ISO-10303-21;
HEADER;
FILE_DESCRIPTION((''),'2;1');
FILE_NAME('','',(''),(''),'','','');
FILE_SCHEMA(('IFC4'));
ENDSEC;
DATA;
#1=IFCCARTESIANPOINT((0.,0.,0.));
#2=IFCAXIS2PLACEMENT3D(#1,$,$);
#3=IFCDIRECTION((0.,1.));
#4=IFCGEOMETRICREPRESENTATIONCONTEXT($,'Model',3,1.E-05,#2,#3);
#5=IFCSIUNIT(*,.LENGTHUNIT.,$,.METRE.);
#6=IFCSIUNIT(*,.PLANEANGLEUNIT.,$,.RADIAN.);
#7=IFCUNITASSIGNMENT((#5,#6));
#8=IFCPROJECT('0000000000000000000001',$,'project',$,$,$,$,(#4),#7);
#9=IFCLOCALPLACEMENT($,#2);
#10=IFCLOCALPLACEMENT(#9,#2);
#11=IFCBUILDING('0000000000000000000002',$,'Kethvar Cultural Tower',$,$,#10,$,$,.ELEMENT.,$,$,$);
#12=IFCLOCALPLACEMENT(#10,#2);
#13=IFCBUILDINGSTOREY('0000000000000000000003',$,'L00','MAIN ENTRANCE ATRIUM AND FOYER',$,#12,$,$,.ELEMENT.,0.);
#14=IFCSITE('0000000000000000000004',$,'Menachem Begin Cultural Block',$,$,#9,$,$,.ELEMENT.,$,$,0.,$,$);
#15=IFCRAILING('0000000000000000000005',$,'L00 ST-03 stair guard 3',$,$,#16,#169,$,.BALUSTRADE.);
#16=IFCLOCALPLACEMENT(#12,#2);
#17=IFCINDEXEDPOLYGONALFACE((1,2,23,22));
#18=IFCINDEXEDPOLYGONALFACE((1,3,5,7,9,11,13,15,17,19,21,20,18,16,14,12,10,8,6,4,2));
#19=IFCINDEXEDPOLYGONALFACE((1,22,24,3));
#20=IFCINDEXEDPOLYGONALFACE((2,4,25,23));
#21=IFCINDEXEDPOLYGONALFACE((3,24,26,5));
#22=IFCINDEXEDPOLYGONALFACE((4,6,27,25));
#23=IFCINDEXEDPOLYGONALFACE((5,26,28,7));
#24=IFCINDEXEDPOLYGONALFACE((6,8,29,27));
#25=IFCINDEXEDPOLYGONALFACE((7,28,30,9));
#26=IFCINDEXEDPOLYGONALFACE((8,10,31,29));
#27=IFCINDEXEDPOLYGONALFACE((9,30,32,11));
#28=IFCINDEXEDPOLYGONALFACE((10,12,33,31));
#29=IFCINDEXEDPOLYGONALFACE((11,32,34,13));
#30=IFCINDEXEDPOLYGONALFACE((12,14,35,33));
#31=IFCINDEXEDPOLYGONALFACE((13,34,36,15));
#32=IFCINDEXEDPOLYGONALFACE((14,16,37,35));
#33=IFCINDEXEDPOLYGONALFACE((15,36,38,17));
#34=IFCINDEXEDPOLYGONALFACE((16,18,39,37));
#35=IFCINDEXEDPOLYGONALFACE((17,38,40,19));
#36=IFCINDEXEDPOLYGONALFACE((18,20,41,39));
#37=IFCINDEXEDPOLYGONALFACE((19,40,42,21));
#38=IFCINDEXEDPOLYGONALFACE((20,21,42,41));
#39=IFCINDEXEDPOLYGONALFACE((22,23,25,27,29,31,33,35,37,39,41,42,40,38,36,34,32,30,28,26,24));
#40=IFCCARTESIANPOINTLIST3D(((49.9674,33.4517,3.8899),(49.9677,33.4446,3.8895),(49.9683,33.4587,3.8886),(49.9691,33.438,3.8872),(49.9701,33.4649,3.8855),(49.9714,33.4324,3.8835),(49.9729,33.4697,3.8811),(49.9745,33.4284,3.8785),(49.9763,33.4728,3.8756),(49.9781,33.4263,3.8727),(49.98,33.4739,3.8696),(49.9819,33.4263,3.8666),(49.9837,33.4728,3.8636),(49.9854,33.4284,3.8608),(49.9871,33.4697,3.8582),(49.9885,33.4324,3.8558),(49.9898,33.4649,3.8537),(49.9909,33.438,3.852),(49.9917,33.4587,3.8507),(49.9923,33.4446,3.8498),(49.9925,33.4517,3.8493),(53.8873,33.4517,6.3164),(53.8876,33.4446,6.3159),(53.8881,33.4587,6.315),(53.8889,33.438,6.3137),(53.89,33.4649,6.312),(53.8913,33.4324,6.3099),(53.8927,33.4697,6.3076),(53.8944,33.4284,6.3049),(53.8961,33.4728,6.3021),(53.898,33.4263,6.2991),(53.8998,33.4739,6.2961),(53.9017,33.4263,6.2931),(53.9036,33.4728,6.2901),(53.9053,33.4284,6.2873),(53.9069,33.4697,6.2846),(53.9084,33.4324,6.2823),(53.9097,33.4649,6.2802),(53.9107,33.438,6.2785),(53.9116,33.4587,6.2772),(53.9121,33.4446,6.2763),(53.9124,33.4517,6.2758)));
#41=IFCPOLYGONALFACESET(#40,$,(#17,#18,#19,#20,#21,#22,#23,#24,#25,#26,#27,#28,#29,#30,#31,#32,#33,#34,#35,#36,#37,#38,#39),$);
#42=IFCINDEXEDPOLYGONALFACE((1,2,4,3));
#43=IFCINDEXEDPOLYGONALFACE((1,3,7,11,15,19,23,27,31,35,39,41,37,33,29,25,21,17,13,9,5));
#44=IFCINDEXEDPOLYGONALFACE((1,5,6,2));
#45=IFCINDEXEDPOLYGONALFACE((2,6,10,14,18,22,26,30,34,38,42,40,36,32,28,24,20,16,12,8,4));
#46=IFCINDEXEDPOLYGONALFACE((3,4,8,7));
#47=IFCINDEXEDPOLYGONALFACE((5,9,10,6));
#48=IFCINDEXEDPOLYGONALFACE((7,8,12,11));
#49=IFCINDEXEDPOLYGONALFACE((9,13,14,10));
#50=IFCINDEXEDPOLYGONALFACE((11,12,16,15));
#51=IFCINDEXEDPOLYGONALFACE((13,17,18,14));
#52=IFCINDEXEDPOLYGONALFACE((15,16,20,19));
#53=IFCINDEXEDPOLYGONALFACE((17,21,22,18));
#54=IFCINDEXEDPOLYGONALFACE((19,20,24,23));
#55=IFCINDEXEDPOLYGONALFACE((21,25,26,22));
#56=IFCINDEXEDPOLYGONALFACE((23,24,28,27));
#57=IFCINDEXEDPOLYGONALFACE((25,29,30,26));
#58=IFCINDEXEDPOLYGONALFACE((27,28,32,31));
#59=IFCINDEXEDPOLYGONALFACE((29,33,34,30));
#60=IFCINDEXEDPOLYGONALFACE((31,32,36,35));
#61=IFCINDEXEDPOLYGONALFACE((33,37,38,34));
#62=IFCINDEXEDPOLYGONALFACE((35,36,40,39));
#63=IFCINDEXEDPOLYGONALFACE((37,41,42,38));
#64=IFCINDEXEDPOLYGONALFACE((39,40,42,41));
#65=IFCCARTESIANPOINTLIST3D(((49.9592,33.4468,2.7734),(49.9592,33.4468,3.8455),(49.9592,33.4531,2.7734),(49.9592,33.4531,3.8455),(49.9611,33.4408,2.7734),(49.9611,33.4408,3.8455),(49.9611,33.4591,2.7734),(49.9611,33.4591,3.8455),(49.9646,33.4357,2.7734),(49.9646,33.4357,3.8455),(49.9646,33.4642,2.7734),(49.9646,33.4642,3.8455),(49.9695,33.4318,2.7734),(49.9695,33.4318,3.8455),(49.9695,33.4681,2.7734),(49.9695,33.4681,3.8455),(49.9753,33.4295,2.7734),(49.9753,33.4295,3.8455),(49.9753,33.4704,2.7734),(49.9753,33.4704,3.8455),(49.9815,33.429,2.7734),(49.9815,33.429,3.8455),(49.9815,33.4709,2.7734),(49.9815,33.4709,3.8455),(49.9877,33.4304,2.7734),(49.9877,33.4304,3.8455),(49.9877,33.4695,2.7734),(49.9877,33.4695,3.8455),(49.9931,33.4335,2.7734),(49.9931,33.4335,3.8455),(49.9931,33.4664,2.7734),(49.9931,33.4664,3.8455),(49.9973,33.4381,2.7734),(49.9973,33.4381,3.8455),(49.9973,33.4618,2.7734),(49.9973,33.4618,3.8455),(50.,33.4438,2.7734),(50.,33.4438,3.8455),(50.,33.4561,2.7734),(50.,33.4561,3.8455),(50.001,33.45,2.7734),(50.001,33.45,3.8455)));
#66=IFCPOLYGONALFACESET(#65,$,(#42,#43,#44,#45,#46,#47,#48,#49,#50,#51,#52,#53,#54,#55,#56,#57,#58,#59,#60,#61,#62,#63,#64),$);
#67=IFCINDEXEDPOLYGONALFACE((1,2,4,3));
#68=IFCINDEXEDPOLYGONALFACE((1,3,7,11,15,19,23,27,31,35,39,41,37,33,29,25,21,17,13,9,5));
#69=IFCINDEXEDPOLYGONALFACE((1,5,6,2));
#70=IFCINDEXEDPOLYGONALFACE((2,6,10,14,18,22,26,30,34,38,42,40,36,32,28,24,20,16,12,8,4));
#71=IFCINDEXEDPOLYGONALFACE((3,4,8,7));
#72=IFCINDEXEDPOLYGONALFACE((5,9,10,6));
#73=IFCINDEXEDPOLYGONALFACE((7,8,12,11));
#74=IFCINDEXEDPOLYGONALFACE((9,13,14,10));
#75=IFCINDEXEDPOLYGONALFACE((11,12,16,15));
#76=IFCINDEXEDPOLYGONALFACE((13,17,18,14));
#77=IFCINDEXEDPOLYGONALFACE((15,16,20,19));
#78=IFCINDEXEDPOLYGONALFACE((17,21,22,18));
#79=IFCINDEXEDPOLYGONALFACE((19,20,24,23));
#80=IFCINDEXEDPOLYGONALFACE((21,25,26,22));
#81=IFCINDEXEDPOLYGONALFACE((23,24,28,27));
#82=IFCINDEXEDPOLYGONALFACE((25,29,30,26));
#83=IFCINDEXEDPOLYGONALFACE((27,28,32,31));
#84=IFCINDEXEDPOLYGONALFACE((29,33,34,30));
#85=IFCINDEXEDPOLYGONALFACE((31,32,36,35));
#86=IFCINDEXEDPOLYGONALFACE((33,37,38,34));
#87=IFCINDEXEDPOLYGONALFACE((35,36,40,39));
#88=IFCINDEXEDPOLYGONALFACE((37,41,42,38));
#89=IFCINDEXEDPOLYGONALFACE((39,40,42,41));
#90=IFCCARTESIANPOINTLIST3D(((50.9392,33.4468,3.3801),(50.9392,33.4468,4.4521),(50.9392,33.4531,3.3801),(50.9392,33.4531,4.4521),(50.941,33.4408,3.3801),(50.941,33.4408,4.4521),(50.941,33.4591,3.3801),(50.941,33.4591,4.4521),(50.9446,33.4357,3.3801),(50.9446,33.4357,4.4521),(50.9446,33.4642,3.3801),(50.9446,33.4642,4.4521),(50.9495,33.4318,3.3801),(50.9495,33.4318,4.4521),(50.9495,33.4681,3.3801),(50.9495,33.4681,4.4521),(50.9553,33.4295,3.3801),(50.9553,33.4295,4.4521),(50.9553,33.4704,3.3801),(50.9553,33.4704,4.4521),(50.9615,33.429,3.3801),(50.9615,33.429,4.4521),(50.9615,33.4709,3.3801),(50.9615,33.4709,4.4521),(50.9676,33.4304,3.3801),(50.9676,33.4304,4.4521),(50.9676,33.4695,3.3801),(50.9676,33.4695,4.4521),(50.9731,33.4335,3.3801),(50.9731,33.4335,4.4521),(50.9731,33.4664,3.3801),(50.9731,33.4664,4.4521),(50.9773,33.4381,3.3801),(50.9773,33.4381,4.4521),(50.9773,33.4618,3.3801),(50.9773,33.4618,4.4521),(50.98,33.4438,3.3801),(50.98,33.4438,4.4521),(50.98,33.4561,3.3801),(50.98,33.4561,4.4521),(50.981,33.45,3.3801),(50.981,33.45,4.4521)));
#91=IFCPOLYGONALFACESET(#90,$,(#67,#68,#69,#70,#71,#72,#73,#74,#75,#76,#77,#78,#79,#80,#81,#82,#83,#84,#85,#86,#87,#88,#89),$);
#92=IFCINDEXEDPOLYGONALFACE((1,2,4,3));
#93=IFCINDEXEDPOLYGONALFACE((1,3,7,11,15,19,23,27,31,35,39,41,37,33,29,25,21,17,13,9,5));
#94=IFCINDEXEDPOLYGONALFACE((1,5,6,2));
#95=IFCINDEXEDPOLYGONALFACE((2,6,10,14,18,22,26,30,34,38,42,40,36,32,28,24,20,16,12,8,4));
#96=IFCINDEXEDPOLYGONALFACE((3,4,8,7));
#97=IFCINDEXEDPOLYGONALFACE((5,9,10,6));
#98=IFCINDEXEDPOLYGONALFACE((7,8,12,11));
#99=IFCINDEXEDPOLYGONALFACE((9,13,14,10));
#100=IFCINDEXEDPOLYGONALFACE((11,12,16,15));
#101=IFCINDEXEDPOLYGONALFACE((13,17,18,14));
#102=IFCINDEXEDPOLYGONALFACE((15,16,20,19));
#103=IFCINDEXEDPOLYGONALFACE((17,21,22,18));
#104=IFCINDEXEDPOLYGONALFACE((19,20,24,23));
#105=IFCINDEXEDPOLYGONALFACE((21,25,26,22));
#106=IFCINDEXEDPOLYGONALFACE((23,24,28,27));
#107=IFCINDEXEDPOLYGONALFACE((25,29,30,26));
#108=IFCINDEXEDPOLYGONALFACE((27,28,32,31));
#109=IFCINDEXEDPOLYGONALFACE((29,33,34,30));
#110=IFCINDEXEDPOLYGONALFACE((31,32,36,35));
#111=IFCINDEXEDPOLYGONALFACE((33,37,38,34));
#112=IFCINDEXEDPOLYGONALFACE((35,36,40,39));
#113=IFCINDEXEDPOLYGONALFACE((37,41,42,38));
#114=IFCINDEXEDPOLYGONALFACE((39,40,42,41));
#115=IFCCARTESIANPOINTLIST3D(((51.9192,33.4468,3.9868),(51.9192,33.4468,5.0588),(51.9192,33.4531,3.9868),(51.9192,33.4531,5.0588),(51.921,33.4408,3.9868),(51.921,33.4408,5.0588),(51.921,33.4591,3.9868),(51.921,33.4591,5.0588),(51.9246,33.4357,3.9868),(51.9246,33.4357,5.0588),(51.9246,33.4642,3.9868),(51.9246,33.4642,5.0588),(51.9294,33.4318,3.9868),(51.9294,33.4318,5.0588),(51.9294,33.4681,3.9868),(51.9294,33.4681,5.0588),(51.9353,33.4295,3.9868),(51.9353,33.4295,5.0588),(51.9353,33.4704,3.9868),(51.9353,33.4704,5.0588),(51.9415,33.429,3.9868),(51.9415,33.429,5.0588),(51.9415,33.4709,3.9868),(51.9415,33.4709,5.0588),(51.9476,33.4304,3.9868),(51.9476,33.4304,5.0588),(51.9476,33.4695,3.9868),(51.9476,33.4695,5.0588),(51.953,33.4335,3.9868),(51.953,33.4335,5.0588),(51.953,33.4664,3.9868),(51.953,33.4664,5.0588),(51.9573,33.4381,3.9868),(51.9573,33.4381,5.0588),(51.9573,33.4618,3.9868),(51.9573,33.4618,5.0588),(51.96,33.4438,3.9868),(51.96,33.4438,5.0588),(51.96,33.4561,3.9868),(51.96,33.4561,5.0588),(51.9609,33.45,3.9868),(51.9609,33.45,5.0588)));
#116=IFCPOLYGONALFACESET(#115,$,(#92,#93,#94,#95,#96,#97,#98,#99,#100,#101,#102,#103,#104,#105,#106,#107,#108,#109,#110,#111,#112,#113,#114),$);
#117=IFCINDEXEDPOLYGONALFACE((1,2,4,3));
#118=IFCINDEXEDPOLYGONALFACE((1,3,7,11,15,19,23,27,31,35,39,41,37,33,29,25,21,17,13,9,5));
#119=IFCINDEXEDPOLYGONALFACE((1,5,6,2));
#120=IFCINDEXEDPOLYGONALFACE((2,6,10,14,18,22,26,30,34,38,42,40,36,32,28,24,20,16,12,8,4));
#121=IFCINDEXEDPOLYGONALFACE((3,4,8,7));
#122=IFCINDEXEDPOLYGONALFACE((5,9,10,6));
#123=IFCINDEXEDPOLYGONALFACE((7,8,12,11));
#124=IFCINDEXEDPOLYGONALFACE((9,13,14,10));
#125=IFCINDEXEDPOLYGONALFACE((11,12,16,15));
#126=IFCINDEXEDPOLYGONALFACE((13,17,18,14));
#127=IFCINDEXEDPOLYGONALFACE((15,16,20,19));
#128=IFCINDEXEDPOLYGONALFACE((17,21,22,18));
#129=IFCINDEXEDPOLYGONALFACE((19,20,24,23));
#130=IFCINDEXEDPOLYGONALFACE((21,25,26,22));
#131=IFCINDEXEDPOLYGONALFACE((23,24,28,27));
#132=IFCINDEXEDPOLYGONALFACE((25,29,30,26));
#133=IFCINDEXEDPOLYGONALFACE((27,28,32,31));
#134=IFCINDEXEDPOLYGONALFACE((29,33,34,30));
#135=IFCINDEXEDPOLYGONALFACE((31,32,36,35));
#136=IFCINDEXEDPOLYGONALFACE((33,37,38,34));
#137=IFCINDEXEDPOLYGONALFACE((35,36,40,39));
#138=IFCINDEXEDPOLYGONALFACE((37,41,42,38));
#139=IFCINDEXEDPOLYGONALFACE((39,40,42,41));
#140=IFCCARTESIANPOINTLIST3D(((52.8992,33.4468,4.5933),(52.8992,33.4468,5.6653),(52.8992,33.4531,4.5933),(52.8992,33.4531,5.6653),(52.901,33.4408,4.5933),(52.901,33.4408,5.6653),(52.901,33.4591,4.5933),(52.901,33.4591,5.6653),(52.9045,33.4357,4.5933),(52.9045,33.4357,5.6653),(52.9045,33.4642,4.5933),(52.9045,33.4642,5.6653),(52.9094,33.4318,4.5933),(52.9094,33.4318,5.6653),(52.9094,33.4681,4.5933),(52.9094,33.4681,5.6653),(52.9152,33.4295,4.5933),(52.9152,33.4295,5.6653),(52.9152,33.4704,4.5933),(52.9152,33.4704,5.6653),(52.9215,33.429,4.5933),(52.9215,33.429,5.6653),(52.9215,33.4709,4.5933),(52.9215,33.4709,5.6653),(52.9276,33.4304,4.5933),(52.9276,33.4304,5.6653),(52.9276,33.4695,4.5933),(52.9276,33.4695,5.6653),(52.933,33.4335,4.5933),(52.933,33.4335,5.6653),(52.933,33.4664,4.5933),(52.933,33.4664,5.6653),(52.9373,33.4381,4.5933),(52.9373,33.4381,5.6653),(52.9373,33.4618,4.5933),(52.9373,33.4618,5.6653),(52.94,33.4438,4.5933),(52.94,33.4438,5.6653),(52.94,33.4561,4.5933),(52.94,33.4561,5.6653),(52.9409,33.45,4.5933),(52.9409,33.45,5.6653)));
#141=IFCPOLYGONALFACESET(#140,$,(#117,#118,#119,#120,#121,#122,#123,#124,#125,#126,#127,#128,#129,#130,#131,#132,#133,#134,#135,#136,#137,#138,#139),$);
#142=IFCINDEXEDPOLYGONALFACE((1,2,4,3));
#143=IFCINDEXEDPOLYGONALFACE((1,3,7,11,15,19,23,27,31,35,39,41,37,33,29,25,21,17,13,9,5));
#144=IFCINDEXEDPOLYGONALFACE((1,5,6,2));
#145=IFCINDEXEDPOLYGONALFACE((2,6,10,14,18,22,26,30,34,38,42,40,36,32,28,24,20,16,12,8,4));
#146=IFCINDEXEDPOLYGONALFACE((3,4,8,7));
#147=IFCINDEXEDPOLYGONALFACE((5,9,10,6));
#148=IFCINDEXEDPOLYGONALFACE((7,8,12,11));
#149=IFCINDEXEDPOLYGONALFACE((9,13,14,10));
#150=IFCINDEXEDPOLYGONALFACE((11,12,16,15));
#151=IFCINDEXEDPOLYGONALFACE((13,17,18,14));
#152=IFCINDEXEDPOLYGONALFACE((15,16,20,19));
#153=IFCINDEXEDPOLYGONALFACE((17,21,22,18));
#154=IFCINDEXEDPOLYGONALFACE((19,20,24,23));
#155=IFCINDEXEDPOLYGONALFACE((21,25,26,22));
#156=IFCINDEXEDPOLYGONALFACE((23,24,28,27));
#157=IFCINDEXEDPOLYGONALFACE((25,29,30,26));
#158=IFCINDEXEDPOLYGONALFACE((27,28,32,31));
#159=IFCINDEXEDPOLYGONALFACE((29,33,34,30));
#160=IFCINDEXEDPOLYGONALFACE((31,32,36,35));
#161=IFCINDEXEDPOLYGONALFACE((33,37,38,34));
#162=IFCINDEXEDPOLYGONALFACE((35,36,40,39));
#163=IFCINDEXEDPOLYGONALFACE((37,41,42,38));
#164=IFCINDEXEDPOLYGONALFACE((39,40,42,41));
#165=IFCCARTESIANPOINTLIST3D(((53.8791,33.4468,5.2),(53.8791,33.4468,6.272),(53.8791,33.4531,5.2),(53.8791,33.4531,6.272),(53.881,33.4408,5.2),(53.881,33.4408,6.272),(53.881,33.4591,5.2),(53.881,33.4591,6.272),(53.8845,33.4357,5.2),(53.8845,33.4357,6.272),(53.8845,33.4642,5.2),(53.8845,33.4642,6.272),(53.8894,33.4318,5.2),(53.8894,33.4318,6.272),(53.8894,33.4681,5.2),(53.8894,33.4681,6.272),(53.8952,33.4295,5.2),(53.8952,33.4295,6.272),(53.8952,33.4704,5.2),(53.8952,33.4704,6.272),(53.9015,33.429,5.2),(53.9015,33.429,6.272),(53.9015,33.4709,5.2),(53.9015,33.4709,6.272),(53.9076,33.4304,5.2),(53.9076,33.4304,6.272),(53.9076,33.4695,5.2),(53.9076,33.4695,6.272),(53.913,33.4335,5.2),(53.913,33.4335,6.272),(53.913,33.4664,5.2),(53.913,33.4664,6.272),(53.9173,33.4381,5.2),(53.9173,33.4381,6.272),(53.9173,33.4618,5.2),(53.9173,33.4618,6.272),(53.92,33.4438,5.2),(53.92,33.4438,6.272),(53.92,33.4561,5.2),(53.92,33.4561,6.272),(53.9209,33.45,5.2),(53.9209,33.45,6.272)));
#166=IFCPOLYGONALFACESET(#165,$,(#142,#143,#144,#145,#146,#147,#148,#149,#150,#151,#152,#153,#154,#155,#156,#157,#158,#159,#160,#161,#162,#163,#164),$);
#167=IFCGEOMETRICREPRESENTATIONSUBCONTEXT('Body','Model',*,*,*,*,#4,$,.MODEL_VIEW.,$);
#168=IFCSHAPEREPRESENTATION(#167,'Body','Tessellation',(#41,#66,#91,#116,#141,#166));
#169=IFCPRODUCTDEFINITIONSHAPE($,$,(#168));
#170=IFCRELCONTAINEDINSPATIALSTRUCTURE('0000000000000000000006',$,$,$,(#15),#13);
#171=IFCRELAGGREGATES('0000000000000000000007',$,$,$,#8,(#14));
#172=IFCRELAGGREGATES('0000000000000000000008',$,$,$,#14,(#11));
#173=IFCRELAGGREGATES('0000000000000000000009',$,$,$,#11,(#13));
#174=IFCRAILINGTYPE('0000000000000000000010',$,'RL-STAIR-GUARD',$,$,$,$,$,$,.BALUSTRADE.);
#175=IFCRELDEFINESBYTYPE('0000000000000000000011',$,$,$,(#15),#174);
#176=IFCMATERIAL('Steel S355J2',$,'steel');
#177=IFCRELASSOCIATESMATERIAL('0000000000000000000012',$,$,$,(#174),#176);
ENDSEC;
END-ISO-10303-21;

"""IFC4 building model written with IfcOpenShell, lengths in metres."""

from ifc_helpers import new_model, si_unit, direction, frame, origin, origin_2d, place, context, subcontext, project, spatial, circle, extrude, material, type_object, element, save


model = new_model("IFC4")

# Units and contexts
model_context = context("Model", 3, precision=1e-05, world=origin(), true_north=direction((0.0, 1.0)))
body_context = subcontext(model_context, "Body", "Model", "MODEL_VIEW")
ifc_project = project(units=[si_unit("LENGTHUNIT", "METRE"), si_unit("PLANEANGLEUNIT", "RADIAN")], contexts=[model_context])

# Site, building, storey
site_placement = place(None, origin())
site = spatial("IfcSite", under=ifc_project, at=site_placement, Name="Menachem Begin Cultural Block", CompositionType="ELEMENT", RefElevation=0.0)
building_placement = place(site_placement, origin())
building = spatial("IfcBuilding", under=site, at=building_placement, Name="Kethvar Cultural Tower", CompositionType="ELEMENT")
storey_placement = place(building_placement, origin())
storey = spatial("IfcBuildingStorey", under=building, at=storey_placement, Name="L00", Description="MAIN ENTRANCE ATRIUM AND FOYER", CompositionType="ELEMENT", Elevation=0.0)

# Shared definitions
ifc_material_1 = material(Name="Steel S355J2", Category="steel")

# Railing
railing_type_1 = type_object("IfcRailingType", Name="RL-STAIR-GUARD", PredefinedType="BALUSTRADE", material=ifc_material_1)
railing_1_placement = place(storey_placement, frame((49.98, 33.45, 2.7734)))
element("IfcRailing", 1, at=railing_1_placement, inside=storey, type_object=railing_type_1, Name="L00 ST-03 stair guard 3", PredefinedType="BALUSTRADE", context=body_context, shape_type="SweptSolid", body=[
    extrude(circle(Radius=0.0239, at=origin_2d()), frame((0.0, 0.0, 1.0962), z_axis=(0.850275, 0.0, 0.526338), x_axis=(0.0, 1.0, 0.0)), (0.0, 0.0, 1.0), 4.6101),
    extrude(circle(Radius=0.021, at=origin_2d()), origin(), (0.0, 0.0, 1.0), 1.072),
    extrude(circle(Radius=0.021, at=origin_2d()), frame((0.98, 0.0, 0.6067)), (0.0, 0.0, 1.0), 1.072),
    extrude(circle(Radius=0.021, at=origin_2d()), frame((1.96, 0.0, 1.2134)), (0.0, 0.0, 1.0), 1.072),
    extrude(circle(Radius=0.021, at=origin_2d()), frame((2.9399, 0.0, 1.8198)), (0.0, 0.0, 1.0), 1.072),
    extrude(circle(Radius=0.021, at=origin_2d()), frame((3.9199, 0.0, 2.4265)), (0.0, 0.0, 1.0), 1.072),
])

save(model, "model.ifc")
